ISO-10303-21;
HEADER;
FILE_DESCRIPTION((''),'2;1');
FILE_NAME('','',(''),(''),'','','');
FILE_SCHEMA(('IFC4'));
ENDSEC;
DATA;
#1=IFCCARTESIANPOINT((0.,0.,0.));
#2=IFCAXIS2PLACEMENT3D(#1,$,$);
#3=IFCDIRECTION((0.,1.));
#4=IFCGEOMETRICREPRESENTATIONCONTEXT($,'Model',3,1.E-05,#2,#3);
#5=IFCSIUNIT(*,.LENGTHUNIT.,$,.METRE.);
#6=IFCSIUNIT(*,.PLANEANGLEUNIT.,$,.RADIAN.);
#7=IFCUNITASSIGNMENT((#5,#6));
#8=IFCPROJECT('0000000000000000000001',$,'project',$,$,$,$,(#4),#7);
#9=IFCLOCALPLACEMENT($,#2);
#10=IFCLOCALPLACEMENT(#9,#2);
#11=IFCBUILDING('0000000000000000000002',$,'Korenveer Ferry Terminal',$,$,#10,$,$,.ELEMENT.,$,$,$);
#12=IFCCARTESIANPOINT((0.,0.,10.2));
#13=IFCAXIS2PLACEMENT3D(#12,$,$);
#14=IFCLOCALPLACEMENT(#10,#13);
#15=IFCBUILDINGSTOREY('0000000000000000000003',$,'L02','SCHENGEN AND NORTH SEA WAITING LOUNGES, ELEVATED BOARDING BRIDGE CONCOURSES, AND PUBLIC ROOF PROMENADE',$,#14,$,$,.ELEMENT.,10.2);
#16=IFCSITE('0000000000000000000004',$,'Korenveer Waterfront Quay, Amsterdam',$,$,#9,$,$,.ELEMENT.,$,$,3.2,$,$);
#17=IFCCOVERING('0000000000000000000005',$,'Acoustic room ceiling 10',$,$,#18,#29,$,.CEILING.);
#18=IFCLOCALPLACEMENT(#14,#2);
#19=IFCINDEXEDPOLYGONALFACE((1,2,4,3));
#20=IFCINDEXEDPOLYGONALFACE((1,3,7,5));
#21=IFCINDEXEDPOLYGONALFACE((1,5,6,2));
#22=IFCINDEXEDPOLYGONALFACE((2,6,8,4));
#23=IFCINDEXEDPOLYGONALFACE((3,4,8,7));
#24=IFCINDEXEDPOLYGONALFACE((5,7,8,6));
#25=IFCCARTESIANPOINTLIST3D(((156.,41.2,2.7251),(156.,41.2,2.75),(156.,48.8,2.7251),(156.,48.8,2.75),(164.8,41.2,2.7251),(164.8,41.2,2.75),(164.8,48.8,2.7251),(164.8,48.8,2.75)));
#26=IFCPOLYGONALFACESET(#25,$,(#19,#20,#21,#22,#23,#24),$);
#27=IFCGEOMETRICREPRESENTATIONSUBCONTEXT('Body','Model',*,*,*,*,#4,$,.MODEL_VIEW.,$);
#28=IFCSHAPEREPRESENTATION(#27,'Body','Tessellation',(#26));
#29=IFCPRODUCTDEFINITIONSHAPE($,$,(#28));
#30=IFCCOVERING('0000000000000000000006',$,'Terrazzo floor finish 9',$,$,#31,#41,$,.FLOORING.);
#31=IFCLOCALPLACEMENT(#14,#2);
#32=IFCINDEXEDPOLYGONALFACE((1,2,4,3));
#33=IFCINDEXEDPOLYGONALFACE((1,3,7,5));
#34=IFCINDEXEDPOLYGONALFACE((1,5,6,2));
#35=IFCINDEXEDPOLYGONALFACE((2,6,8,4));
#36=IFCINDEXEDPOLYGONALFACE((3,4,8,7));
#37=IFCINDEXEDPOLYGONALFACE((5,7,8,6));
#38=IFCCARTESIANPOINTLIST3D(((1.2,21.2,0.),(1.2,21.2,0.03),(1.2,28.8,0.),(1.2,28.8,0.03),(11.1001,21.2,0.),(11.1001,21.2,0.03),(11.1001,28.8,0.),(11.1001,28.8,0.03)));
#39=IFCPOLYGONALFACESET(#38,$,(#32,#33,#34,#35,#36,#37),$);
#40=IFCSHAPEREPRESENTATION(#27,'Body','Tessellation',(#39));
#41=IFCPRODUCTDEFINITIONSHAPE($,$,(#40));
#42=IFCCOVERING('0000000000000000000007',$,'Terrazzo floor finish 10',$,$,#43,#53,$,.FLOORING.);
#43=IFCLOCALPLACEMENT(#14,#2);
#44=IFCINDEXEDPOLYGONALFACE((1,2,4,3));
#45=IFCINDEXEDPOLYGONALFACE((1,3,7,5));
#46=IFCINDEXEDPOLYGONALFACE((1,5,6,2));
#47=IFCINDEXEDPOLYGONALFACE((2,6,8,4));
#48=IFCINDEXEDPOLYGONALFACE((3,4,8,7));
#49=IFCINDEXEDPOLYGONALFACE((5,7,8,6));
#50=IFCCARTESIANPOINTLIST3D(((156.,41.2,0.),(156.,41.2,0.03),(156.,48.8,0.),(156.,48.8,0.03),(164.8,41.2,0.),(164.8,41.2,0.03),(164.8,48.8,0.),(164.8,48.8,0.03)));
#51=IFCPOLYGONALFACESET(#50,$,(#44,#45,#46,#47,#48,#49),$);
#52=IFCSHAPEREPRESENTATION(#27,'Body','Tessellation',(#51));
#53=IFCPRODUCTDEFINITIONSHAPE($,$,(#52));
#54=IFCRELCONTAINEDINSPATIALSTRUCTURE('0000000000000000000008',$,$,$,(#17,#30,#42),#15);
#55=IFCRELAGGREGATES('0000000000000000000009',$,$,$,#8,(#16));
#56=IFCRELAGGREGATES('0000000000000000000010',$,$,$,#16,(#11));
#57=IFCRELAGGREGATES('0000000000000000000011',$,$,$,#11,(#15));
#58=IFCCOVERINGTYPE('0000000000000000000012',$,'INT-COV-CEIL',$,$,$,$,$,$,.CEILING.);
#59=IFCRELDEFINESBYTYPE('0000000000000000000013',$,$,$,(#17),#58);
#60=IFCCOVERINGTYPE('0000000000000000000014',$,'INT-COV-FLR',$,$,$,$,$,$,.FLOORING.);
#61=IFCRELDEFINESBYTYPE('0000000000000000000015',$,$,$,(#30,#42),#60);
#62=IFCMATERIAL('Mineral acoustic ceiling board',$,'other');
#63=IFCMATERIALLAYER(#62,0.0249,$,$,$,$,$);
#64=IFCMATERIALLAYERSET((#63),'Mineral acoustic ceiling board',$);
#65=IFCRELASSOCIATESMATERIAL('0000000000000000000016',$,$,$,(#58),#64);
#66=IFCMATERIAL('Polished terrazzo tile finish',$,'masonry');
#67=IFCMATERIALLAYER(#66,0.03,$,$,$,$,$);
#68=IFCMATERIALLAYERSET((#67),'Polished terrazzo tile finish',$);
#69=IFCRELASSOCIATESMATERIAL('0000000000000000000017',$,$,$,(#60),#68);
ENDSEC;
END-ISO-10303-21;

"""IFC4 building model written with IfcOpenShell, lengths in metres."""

from ifc_helpers import new_model, si_unit, direction, frame, origin, place, context, subcontext, project, spatial, polyline, outline, extrude, material, layer, layer_set, type_object, element, save


model = new_model("IFC4")

# Units and contexts
model_context = context("Model", 3, precision=1e-05, world=origin(), true_north=direction((0.0, 1.0)))
body_context = subcontext(model_context, "Body", "Model", "MODEL_VIEW")
ifc_project = project(units=[si_unit("LENGTHUNIT", "METRE"), si_unit("PLANEANGLEUNIT", "RADIAN")], contexts=[model_context])

# Site, building, storey
site_placement = place(None, origin())
site = spatial("IfcSite", under=ifc_project, at=site_placement, Name="Korenveer Waterfront Quay, Amsterdam", CompositionType="ELEMENT", RefElevation=3.2)
building_placement = place(site_placement, origin())
building = spatial("IfcBuilding", under=site, at=building_placement, Name="Korenveer Ferry Terminal", CompositionType="ELEMENT")
storey_placement = place(building_placement, frame((0.0, 0.0, 10.2)))
storey = spatial("IfcBuildingStorey", under=building, at=storey_placement, Name="L02", Description="SCHENGEN AND NORTH SEA WAITING LOUNGES, ELEVATED BOARDING BRIDGE CONCOURSES, AND PUBLIC ROOF PROMENADE", CompositionType="ELEMENT", Elevation=10.2)

# Coverings
ifc_material_1 = material(Name="Mineral acoustic ceiling board", Category="other")
ifc_layer_1 = layer(ifc_material_1, 0.0249)
ifc_layer_set_1 = layer_set([ifc_layer_1], Name="Mineral acoustic ceiling board")
covering_type_1 = type_object("IfcCoveringType", Name="INT-COV-CEIL", PredefinedType="CEILING", material=ifc_layer_set_1)
covering_1_placement = place(storey_placement, frame((0.0, 0.0, 2.7251)))
element("IfcCovering", 1, at=covering_1_placement, inside=storey, type_object=covering_type_1, Name="Acoustic room ceiling 10", PredefinedType="CEILING", context=body_context, shape_type="SweptSolid", body=[
    extrude(outline(polyline([(156.0, 41.2), (164.8, 41.2), (164.8, 48.8), (156.0, 48.8), (156.0, 41.2)])), origin(), (0.0, 0.0, 1.0), 0.0249),
])
ifc_material_2 = material(Name="Polished terrazzo tile finish", Category="masonry")
ifc_layer_2 = layer(ifc_material_2, 0.03)
ifc_layer_set_2 = layer_set([ifc_layer_2], Name="Polished terrazzo tile finish")
covering_type_2 = type_object("IfcCoveringType", Name="INT-COV-FLR", PredefinedType="FLOORING", material=ifc_layer_set_2)
covering_2_placement = place(storey_placement, origin())
element("IfcCovering", 2, at=covering_2_placement, inside=storey, type_object=covering_type_2, Name="Terrazzo floor finish 9", PredefinedType="FLOORING", context=body_context, shape_type="SweptSolid", body=[
    extrude(outline(polyline([(1.2, 21.2), (11.1001, 21.2), (11.1001, 28.8), (1.2, 28.8), (1.2, 21.2)])), origin(), (0.0, 0.0, 1.0), 0.03),
])
covering_3_placement = place(storey_placement, origin())
element("IfcCovering", 3, at=covering_3_placement, inside=storey, type_object=covering_type_2, Name="Terrazzo floor finish 10", PredefinedType="FLOORING", context=body_context, shape_type="SweptSolid", body=[
    extrude(outline(polyline([(156.0, 41.2), (164.8, 41.2), (164.8, 48.8), (156.0, 48.8), (156.0, 41.2)])), origin(), (0.0, 0.0, 1.0), 0.03),
])

save(model, "model.ifc")
